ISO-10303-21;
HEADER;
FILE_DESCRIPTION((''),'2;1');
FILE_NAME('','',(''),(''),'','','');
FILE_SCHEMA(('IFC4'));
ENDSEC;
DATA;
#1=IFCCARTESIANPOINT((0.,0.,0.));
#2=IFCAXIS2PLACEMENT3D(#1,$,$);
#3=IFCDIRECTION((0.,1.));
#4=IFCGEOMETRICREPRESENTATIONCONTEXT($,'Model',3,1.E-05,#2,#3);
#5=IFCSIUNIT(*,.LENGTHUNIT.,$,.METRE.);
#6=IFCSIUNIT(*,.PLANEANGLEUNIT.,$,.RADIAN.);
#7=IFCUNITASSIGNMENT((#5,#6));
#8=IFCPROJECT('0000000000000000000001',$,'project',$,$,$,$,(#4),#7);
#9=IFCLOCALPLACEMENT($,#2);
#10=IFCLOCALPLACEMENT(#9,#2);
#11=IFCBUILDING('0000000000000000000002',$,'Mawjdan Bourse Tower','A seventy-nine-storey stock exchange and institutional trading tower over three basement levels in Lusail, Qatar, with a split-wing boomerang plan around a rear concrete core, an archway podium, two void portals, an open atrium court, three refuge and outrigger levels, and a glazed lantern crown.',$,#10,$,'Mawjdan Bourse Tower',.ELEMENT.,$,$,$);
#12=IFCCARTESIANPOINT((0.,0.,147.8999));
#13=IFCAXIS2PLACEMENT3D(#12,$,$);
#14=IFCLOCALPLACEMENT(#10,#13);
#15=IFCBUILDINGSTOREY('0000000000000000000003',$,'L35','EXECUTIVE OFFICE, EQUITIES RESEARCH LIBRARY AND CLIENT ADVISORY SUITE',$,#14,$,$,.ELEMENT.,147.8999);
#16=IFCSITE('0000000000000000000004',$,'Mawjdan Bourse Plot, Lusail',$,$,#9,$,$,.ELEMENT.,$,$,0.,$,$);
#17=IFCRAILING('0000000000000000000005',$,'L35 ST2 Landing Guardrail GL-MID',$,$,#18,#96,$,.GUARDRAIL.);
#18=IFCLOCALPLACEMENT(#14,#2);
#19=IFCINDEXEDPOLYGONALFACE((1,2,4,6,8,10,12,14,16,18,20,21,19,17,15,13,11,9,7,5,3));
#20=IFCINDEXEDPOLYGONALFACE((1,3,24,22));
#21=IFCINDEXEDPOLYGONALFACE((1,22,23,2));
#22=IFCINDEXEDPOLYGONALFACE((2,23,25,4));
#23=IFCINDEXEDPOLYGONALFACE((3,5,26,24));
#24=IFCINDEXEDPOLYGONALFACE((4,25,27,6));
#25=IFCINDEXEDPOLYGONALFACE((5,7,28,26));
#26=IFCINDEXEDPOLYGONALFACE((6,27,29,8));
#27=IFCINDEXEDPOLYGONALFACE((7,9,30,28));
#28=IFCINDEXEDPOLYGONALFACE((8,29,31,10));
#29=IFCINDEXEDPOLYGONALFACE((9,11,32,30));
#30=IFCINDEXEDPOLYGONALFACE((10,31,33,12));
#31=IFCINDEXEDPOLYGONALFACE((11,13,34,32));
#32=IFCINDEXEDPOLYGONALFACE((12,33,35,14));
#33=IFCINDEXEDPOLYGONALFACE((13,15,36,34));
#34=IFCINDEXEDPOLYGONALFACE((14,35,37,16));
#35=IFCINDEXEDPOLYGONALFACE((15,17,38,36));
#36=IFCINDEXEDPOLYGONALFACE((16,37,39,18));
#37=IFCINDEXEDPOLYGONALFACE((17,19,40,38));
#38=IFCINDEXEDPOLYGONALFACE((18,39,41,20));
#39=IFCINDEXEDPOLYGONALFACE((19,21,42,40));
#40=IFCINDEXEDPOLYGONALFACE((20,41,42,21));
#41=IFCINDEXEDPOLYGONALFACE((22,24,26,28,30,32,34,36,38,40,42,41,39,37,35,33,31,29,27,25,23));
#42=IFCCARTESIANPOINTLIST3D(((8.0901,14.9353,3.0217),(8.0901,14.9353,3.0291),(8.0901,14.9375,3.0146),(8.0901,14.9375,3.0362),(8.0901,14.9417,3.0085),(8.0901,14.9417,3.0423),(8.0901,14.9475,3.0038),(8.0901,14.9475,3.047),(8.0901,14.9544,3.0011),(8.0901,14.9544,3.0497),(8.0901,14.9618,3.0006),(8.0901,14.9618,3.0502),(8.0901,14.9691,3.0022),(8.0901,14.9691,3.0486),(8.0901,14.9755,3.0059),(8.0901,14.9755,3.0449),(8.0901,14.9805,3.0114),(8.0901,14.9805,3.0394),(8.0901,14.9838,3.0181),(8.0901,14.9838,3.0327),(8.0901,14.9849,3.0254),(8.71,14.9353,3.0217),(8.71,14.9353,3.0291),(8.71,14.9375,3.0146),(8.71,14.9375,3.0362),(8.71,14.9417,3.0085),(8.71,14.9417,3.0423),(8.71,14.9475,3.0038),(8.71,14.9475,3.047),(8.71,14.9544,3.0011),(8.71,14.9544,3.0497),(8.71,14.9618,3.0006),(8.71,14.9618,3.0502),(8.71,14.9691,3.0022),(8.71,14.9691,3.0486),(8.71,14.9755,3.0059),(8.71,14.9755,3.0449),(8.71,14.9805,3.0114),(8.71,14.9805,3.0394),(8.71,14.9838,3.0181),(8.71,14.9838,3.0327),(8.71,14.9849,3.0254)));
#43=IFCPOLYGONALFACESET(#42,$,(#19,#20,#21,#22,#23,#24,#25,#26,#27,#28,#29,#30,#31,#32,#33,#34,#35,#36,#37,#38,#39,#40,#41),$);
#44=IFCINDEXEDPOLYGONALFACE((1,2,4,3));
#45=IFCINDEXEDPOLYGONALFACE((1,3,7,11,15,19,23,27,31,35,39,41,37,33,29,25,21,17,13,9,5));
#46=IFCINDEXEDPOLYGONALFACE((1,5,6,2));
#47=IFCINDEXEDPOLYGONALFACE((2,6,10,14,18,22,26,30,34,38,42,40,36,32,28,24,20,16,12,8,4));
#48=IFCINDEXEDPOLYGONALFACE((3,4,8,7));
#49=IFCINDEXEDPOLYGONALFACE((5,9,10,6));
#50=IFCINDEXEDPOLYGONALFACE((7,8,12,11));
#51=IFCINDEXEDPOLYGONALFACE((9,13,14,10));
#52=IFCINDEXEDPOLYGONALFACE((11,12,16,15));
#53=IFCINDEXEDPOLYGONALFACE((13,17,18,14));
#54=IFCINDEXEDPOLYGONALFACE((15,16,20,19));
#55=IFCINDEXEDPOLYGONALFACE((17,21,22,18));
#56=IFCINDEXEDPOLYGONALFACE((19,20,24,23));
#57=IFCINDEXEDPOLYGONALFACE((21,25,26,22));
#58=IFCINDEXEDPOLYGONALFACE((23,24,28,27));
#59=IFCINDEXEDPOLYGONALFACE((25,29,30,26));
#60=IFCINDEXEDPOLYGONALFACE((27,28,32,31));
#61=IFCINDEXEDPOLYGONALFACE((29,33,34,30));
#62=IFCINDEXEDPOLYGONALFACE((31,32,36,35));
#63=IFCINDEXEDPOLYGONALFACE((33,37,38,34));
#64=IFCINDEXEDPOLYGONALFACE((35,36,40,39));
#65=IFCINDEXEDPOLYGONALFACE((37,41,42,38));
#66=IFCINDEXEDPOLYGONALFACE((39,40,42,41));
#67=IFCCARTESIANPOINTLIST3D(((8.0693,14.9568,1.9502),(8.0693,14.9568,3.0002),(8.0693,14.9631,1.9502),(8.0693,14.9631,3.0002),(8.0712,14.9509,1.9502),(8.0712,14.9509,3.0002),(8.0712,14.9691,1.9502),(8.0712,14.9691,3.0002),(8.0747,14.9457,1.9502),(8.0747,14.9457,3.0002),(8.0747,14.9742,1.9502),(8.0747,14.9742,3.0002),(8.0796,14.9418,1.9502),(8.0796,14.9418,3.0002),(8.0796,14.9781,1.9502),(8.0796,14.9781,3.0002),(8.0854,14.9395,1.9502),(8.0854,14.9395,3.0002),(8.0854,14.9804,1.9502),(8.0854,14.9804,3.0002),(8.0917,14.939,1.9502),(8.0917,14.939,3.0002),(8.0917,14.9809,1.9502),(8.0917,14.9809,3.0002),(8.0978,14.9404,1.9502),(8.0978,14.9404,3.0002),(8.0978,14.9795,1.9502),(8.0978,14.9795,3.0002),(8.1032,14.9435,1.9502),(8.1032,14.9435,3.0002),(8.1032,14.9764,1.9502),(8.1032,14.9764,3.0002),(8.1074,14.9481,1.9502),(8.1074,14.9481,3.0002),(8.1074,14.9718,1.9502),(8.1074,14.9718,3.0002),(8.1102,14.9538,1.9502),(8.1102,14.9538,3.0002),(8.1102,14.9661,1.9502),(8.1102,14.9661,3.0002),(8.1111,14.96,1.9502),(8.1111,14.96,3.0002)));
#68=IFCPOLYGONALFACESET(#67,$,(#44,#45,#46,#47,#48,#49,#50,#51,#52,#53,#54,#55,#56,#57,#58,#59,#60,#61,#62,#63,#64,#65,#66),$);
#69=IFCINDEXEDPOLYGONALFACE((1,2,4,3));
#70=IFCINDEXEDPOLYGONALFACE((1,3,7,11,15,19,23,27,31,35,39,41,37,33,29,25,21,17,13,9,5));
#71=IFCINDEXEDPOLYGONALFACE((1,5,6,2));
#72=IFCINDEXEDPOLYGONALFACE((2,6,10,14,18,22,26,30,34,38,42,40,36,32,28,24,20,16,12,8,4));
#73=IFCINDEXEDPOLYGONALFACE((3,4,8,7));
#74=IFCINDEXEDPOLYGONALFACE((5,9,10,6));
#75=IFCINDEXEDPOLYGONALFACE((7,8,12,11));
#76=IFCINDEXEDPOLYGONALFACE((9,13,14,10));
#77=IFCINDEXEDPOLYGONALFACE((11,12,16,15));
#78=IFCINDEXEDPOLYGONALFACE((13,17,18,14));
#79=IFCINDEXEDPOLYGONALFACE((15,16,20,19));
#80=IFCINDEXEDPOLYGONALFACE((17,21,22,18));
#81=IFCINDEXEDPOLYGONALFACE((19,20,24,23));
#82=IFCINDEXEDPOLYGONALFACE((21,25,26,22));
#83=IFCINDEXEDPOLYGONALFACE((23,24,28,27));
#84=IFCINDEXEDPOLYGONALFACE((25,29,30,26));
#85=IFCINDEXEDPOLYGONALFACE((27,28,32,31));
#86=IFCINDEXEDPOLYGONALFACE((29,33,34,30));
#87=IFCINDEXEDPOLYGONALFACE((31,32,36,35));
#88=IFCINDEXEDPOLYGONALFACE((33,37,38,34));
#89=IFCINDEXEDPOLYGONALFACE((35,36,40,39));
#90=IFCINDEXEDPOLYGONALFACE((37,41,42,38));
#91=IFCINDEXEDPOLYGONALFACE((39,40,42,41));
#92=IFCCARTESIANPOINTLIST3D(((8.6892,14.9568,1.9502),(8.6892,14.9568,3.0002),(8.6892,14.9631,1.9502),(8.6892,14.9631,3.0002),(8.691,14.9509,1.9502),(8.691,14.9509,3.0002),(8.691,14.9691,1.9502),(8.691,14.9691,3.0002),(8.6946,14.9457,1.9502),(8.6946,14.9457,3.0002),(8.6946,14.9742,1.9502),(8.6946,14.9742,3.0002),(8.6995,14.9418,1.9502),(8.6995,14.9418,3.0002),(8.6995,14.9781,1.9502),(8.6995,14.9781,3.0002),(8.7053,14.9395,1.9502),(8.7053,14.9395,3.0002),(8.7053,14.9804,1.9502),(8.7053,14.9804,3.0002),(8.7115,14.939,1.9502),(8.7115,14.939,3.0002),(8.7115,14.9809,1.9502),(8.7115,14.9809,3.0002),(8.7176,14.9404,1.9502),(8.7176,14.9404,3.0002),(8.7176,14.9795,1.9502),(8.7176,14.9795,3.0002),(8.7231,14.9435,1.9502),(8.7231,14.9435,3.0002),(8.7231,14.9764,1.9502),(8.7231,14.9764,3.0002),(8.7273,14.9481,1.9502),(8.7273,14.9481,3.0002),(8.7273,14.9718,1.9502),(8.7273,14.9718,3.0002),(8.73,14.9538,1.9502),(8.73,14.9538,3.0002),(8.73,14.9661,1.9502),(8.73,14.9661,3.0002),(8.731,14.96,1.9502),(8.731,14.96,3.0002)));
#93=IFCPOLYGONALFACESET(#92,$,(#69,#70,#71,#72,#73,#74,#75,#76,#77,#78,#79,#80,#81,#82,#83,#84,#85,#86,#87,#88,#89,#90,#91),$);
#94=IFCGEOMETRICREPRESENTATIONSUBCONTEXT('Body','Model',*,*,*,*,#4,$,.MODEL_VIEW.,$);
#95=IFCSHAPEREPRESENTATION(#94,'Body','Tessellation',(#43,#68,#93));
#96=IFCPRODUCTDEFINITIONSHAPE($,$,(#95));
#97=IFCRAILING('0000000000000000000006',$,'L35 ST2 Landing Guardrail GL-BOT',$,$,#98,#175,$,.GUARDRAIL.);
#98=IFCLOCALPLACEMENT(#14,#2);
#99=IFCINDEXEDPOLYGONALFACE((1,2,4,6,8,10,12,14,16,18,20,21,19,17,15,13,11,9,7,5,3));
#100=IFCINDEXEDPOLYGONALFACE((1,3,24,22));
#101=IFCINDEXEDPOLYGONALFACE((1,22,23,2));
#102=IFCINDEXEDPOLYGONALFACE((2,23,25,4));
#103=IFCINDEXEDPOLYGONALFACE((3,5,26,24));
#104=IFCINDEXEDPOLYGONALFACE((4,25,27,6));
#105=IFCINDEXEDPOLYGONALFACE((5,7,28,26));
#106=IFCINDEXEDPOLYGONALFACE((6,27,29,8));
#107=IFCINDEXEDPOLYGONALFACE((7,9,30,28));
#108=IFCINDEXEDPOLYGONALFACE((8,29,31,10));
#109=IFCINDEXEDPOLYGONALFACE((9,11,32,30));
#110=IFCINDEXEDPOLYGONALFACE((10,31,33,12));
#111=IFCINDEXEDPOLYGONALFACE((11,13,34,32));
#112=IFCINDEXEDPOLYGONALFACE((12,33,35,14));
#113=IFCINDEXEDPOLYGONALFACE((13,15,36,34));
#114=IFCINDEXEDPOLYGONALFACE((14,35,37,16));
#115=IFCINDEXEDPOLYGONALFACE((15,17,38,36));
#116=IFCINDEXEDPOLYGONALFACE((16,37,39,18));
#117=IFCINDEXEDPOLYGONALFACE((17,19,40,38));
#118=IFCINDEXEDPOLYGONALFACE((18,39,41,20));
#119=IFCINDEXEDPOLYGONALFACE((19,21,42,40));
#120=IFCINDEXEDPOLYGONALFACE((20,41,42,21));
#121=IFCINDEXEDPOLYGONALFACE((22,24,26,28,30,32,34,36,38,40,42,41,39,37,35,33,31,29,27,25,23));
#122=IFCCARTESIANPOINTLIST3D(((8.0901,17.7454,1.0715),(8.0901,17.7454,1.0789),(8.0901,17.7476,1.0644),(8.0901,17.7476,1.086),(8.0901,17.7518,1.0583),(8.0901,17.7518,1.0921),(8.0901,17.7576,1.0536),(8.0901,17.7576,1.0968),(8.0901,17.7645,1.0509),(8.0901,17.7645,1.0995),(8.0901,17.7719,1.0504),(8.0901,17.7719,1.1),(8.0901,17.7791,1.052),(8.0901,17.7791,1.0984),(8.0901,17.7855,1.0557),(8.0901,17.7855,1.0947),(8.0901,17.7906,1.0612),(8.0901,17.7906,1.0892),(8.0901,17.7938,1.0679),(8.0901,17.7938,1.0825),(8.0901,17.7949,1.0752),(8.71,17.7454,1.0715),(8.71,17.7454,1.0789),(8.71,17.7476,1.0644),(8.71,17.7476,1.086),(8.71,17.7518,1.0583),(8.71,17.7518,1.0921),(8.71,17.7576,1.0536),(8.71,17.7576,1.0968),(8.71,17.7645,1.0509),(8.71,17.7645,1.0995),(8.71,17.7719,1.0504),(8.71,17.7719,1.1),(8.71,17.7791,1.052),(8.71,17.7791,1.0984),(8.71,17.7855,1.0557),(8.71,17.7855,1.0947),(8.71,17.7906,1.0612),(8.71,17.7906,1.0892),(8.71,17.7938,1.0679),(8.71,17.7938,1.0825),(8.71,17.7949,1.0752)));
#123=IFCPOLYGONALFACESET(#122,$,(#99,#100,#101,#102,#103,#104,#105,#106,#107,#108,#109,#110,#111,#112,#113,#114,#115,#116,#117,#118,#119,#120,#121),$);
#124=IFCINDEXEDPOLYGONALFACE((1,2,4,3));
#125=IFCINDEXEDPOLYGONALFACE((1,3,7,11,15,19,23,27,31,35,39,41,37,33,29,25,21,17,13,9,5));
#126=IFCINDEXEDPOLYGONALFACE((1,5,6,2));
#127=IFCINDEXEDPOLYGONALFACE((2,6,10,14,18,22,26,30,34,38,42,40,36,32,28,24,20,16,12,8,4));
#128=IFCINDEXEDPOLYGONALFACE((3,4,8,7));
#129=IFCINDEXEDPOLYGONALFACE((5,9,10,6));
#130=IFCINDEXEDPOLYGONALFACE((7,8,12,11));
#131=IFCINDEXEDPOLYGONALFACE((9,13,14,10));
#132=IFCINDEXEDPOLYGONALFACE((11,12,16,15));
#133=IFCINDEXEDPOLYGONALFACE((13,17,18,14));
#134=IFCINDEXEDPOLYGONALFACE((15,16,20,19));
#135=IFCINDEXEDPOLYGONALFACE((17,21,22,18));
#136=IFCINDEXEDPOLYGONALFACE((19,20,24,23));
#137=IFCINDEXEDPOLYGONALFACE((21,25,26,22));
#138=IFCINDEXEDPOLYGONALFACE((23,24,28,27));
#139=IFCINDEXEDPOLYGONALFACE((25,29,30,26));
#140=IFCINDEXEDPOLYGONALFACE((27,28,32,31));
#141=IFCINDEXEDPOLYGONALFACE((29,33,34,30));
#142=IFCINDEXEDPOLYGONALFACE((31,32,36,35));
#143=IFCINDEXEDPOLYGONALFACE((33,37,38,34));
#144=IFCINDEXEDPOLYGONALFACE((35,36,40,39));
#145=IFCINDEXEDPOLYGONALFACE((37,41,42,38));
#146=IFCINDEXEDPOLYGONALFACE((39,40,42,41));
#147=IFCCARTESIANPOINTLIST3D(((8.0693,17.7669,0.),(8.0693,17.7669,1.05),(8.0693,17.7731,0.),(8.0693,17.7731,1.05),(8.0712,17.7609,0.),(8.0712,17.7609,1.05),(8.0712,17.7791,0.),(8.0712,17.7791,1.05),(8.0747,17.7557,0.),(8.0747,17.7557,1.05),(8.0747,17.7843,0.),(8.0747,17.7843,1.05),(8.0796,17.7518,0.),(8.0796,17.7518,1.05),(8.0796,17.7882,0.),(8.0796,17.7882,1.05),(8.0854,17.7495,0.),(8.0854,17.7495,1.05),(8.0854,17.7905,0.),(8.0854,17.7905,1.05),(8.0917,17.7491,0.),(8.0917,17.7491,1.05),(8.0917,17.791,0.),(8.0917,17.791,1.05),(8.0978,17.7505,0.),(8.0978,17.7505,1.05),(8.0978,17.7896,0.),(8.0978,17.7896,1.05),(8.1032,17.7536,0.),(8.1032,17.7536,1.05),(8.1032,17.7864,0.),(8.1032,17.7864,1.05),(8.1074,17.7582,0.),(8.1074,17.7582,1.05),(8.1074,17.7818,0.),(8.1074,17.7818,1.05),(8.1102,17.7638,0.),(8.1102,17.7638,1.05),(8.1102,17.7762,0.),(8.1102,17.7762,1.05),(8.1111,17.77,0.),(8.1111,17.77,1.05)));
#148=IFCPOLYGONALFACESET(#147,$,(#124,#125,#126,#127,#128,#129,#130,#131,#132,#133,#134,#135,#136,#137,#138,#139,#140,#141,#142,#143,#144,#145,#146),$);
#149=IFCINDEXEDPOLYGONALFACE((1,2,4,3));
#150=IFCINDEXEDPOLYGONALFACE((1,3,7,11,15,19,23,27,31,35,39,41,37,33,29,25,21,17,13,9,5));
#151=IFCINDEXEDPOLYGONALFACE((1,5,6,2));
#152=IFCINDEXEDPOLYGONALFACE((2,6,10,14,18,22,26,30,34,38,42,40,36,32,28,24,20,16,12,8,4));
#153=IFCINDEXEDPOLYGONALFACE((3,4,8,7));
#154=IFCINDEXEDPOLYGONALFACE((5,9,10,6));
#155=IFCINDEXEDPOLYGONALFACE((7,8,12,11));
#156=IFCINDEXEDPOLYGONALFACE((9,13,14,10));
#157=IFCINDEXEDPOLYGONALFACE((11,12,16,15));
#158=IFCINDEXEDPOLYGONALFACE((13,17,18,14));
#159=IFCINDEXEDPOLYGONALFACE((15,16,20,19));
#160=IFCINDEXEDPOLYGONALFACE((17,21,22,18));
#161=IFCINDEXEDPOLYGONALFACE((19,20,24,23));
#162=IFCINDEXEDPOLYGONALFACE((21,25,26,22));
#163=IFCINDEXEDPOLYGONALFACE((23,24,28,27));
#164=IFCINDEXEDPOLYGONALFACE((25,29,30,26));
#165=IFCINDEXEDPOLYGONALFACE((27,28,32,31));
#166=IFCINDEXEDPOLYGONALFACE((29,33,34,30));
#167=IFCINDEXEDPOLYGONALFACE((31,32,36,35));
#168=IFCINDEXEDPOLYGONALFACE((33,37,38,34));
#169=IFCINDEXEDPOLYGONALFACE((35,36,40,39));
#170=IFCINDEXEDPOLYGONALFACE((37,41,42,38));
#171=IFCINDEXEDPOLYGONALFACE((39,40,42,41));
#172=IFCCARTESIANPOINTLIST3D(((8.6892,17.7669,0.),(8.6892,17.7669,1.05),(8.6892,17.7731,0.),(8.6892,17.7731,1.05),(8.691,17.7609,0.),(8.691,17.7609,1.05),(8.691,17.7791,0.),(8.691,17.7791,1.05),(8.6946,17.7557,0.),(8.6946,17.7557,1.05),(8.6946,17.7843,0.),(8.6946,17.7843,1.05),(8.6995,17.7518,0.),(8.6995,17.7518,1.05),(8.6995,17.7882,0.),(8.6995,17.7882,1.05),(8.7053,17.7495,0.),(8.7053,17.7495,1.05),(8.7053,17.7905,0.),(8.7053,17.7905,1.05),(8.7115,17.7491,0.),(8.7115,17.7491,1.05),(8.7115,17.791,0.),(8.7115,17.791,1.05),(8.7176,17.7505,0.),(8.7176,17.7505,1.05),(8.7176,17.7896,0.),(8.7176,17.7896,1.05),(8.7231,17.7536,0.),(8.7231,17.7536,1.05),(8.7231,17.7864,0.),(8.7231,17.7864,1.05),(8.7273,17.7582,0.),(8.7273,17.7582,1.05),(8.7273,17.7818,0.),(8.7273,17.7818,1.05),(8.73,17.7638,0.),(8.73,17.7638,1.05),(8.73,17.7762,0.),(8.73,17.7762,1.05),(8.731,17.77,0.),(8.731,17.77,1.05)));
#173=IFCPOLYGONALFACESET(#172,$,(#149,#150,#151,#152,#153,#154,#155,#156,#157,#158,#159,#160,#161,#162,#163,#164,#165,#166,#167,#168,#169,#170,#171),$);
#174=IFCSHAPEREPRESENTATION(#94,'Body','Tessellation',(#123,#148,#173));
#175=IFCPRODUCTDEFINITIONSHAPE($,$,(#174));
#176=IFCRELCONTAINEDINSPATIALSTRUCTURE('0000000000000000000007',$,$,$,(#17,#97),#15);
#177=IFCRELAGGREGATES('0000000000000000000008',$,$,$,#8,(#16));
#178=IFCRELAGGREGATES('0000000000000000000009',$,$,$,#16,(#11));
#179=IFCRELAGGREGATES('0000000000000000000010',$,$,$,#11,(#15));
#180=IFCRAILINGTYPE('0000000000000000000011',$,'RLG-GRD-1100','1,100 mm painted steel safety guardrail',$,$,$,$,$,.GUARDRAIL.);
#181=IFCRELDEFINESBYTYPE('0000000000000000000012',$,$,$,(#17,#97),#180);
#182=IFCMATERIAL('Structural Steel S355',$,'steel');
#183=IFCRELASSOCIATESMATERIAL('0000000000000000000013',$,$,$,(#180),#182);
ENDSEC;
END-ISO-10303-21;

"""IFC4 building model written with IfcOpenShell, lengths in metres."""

from ifc_helpers import new_model, si_unit, direction, frame, origin, origin_2d, place, context, subcontext, project, spatial, circle, extrude, material, type_object, element, save


model = new_model("IFC4")

# Units and contexts
model_context = context("Model", 3, precision=1e-05, world=origin(), true_north=direction((0.0, 1.0)))
body_context = subcontext(model_context, "Body", "Model", "MODEL_VIEW")
ifc_project = project(units=[si_unit("LENGTHUNIT", "METRE"), si_unit("PLANEANGLEUNIT", "RADIAN")], contexts=[model_context])

# Site, building, storey
site_placement = place(None, origin())
site = spatial("IfcSite", under=ifc_project, at=site_placement, Name="Mawjdan Bourse Plot, Lusail", CompositionType="ELEMENT", RefElevation=0.0)
building_placement = place(site_placement, origin())
building = spatial("IfcBuilding", under=site, at=building_placement, Name="Mawjdan Bourse Tower", Description="A seventy-nine-storey stock exchange and institutional trading tower over three basement levels in Lusail, Qatar, with a split-wing boomerang plan around a rear concrete core, an archway podium, two void portals, an open atrium court, three refuge and outrigger levels, and a glazed lantern crown.", LongName="Mawjdan Bourse Tower", CompositionType="ELEMENT")
storey_placement = place(building_placement, frame((0.0, 0.0, 147.8999)))
storey = spatial("IfcBuildingStorey", under=building, at=storey_placement, Name="L35", Description="EXECUTIVE OFFICE, EQUITIES RESEARCH LIBRARY AND CLIENT ADVISORY SUITE", CompositionType="ELEMENT", Elevation=147.8999)

# Shared definitions
ifc_material_1 = material(Name="Structural Steel S355", Category="steel")

# Railings
railing_type_1 = type_object("IfcRailingType", Name="RLG-GRD-1100", Description="1,100 mm painted steel safety guardrail", PredefinedType="GUARDRAIL", material=ifc_material_1)
for number, where, name in (
    (1, (8.0901, 14.96, 1.9502), "L35 ST2 Landing Guardrail GL-MID"),
    (2, (8.0901, 17.77, 0.0), "L35 ST2 Landing Guardrail GL-BOT"),
):
    element("IfcRailing", number, at=place(storey_placement, frame(where)), inside=storey, type_object=railing_type_1, Name=name, PredefinedType="GUARDRAIL", context=body_context, shape_type="SweptSolid", body=[
        extrude(circle(Radius=0.0249, at=origin_2d()), frame((0.0, 0.0, 1.0752), z_axis=(1.0, 0.0, 0.0), x_axis=(0.0, 1.0, 0.0)), (0.0, 0.0, 1.0), 0.6199),
        extrude(circle(Radius=0.021, at=origin_2d()), origin(), (0.0, 0.0, 1.0), 1.05),
        extrude(circle(Radius=0.021, at=origin_2d()), frame((0.6199, 0.0, 0.0)), (0.0, 0.0, 1.0), 1.05),
    ])

save(model, "model.ifc")
